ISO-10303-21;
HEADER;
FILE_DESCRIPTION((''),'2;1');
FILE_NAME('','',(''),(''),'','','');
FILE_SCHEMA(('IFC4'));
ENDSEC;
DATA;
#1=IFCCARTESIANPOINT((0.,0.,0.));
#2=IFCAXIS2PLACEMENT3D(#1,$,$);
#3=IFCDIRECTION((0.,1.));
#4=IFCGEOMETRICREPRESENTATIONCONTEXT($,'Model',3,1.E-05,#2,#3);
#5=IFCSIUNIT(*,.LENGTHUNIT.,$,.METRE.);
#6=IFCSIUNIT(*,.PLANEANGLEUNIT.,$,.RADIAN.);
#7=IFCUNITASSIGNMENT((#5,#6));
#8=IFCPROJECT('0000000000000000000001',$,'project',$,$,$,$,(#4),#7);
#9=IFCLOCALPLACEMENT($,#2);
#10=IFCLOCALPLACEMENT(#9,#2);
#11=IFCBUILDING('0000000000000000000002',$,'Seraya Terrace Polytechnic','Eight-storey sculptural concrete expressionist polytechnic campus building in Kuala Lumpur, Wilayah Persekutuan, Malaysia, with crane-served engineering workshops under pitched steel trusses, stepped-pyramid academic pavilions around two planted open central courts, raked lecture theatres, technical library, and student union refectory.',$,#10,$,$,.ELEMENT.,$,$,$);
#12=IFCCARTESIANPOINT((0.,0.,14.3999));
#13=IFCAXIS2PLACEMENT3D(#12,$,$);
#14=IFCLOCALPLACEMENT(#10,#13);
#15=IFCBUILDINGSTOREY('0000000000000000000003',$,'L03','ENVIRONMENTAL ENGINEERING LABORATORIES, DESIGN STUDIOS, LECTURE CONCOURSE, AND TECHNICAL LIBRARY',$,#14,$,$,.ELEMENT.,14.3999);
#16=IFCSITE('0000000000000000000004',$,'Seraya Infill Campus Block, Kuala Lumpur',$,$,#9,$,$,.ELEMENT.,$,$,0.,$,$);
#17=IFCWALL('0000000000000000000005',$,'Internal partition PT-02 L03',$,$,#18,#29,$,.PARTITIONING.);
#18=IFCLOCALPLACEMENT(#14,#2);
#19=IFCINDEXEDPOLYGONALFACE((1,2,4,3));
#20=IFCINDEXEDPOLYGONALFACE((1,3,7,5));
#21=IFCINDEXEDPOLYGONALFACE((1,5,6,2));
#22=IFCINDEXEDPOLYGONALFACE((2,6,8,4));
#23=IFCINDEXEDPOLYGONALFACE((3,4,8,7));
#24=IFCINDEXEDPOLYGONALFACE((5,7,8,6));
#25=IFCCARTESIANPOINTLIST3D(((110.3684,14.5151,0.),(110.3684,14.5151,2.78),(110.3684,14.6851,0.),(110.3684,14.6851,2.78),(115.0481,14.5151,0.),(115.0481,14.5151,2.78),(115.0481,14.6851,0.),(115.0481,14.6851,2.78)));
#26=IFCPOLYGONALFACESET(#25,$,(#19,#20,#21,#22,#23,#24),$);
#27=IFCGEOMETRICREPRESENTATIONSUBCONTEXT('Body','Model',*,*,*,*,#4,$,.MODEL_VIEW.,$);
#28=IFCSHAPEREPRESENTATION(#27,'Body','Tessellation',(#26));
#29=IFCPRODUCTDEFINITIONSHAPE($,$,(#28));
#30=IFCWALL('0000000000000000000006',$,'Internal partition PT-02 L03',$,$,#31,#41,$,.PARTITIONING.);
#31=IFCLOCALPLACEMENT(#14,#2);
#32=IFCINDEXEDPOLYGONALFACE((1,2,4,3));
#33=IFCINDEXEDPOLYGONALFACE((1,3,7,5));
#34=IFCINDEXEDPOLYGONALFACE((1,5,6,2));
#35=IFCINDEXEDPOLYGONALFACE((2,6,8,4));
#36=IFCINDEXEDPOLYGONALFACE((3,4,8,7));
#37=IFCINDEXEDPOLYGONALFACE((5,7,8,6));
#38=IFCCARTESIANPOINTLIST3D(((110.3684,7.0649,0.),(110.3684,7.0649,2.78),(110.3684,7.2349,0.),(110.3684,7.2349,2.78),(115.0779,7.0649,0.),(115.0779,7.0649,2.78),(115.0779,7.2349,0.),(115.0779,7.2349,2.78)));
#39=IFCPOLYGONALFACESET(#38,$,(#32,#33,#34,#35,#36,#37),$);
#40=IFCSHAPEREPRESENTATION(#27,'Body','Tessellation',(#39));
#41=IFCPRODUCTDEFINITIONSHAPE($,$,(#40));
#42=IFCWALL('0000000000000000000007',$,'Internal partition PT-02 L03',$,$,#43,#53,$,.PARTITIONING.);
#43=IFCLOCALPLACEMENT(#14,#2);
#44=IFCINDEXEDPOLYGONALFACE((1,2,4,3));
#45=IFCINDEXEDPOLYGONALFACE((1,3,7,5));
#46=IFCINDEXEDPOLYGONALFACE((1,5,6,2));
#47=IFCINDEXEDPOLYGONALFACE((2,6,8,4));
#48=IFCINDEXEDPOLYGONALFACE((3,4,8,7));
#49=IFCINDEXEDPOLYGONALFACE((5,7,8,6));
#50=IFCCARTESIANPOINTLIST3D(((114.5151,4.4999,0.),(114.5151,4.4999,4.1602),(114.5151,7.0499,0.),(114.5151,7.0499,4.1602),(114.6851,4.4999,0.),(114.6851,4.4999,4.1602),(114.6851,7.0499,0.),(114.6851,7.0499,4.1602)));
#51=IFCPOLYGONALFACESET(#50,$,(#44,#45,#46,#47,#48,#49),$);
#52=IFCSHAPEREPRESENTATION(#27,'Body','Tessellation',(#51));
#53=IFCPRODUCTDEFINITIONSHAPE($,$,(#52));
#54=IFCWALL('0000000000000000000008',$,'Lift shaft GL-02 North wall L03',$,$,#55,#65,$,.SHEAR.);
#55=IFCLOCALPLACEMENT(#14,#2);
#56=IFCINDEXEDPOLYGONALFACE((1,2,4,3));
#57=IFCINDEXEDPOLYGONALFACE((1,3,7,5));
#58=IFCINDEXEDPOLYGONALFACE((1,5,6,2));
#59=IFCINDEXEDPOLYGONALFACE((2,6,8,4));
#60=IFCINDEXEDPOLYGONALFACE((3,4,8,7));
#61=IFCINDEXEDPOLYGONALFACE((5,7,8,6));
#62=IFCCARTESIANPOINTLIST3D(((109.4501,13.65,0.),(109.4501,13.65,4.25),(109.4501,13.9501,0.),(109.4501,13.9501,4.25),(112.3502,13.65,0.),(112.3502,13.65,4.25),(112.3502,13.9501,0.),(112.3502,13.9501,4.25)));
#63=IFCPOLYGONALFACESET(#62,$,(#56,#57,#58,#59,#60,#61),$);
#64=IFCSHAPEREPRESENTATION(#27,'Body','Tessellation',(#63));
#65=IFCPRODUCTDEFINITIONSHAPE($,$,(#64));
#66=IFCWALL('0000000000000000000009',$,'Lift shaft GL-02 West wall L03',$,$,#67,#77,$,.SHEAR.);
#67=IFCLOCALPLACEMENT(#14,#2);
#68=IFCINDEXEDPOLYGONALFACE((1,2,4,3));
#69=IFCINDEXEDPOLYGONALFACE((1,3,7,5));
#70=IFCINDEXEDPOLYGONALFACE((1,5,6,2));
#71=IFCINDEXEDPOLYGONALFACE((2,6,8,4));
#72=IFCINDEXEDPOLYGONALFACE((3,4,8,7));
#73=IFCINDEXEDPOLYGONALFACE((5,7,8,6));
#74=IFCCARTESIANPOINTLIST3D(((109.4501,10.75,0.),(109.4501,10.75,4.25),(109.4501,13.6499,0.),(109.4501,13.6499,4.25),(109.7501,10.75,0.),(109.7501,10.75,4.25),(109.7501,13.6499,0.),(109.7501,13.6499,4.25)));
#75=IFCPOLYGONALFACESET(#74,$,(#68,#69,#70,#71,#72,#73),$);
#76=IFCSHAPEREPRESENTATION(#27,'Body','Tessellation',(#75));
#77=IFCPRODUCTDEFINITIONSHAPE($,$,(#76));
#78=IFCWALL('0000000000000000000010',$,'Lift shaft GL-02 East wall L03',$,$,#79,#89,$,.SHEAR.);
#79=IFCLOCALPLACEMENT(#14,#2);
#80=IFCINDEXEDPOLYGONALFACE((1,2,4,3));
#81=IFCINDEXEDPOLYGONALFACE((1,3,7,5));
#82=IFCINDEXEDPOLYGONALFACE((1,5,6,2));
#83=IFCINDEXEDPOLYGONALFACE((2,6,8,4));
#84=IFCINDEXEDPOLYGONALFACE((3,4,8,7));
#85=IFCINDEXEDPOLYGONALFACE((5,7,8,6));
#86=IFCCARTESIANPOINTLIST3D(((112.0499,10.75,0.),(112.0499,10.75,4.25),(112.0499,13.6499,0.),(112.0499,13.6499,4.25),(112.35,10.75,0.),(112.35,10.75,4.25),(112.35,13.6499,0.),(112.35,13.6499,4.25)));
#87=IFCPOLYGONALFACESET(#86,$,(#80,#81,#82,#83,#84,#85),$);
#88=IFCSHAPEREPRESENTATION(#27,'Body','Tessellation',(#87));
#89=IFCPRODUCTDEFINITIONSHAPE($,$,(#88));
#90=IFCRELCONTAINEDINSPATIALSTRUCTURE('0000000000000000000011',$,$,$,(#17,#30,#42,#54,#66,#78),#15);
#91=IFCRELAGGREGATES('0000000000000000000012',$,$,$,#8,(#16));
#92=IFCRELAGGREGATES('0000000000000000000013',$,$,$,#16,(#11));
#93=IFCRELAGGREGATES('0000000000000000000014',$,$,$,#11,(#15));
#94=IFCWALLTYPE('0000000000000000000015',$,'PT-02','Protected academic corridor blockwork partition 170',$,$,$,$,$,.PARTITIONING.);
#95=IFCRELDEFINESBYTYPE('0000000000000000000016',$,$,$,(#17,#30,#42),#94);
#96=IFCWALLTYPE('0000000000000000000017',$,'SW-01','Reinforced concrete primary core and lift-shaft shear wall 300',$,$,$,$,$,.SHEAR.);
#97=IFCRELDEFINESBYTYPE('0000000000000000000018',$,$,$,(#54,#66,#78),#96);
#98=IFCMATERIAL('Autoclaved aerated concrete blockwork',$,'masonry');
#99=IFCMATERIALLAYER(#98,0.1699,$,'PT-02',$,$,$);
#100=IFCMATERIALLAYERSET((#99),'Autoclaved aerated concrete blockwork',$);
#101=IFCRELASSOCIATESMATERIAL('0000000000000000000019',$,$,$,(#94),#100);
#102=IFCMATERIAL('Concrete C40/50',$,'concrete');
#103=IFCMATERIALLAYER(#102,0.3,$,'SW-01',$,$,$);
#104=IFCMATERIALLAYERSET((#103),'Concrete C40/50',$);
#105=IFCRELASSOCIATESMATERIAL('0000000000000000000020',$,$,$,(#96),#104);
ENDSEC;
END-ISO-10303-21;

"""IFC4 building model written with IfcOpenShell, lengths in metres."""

from ifc_helpers import new_model, si_unit, direction, frame, frame_2d, origin, place, context, subcontext, project, spatial, rectangle, extrude, material, layer, layer_set, type_object, element, save


model = new_model("IFC4")

# Units and contexts
model_context = context("Model", 3, precision=1e-05, world=origin(), true_north=direction((0.0, 1.0)))
body_context = subcontext(model_context, "Body", "Model", "MODEL_VIEW")
ifc_project = project(units=[si_unit("LENGTHUNIT", "METRE"), si_unit("PLANEANGLEUNIT", "RADIAN")], contexts=[model_context])

# Site, building, storey
site_placement = place(None, origin())
site = spatial("IfcSite", under=ifc_project, at=site_placement, Name="Seraya Infill Campus Block, Kuala Lumpur", CompositionType="ELEMENT", RefElevation=0.0)
building_placement = place(site_placement, origin())
building = spatial("IfcBuilding", under=site, at=building_placement, Name="Seraya Terrace Polytechnic", Description="Eight-storey sculptural concrete expressionist polytechnic campus building in Kuala Lumpur, Wilayah Persekutuan, Malaysia, with crane-served engineering workshops under pitched steel trusses, stepped-pyramid academic pavilions around two planted open central courts, raked lecture theatres, technical library, and student union refectory.", CompositionType="ELEMENT")
storey_placement = place(building_placement, frame((0.0, 0.0, 14.3999)))
storey = spatial("IfcBuildingStorey", under=building, at=storey_placement, Name="L03", Description="ENVIRONMENTAL ENGINEERING LABORATORIES, DESIGN STUDIOS, LECTURE CONCOURSE, AND TECHNICAL LIBRARY", CompositionType="ELEMENT", Elevation=14.3999)

# Shared definitions
ifc_material_1 = material(Name="Concrete C40/50", Category="concrete")

# Walls
ifc_material_2 = material(Name="Autoclaved aerated concrete blockwork", Category="masonry")
ifc_layer_1 = layer(ifc_material_2, 0.1699, Name="PT-02")
ifc_layer_set_1 = layer_set([ifc_layer_1], Name="Autoclaved aerated concrete blockwork")
wall_type_1 = type_object("IfcWallType", Name="PT-02", Description="Protected academic corridor blockwork partition 170", PredefinedType="PARTITIONING", material=ifc_layer_set_1)
wall_1_placement = place(storey_placement, frame((110.3684, 14.6001, 0.0), z_axis=(0.0, 0.0, 1.0), x_axis=(1.0, 0.0, 0.0)))
element("IfcWall", 1, at=wall_1_placement, inside=storey, type_object=wall_type_1, Name="Internal partition PT-02 L03", PredefinedType="PARTITIONING", context=body_context, shape_type="SweptSolid", body=[
    extrude(rectangle(XDim=4.6797, YDim=0.1699, at=frame_2d((2.3398, 0.0))), origin(), (0.0, 0.0, 1.0), 2.78),
])
wall_2_placement = place(storey_placement, frame((110.3684, 7.1499, 0.0), z_axis=(0.0, 0.0, 1.0), x_axis=(1.0, 0.0, 0.0)))
element("IfcWall", 2, at=wall_2_placement, inside=storey, type_object=wall_type_1, Name="Internal partition PT-02 L03", PredefinedType="PARTITIONING", context=body_context, shape_type="SweptSolid", body=[
    extrude(rectangle(XDim=4.7095, YDim=0.1699, at=frame_2d((2.3547, 0.0))), origin(), (0.0, 0.0, 1.0), 2.78),
])
wall_3_placement = place(storey_placement, frame((114.6001, 4.5, 0.0), z_axis=(0.0, 0.0, 1.0), x_axis=(0.0, 1.0, 0.0)))
element("IfcWall", 3, at=wall_3_placement, inside=storey, type_object=wall_type_1, Name="Internal partition PT-02 L03", PredefinedType="PARTITIONING", context=body_context, shape_type="SweptSolid", body=[
    extrude(rectangle(XDim=2.55, YDim=0.1699, at=frame_2d((1.2749, 0.0))), origin(), (0.0, 0.0, 1.0), 4.1602),
])
ifc_layer_2 = layer(ifc_material_1, 0.3, Name="SW-01")
ifc_layer_set_2 = layer_set([ifc_layer_2], Name="Concrete C40/50")
wall_type_2 = type_object("IfcWallType", Name="SW-01", Description="Reinforced concrete primary core and lift-shaft shear wall 300", PredefinedType="SHEAR", material=ifc_layer_set_2)
wall_4_placement = place(storey_placement, frame((109.45, 13.8, 0.0), z_axis=(0.0, 0.0, 1.0), x_axis=(1.0, 0.0, 0.0)))
element("IfcWall", 4, at=wall_4_placement, inside=storey, type_object=wall_type_2, Name="Lift shaft GL-02 North wall L03", PredefinedType="SHEAR", context=body_context, shape_type="SweptSolid", body=[
    extrude(rectangle(XDim=2.9001, YDim=0.3, at=frame_2d((1.4502, 0.0))), origin(), (0.0, 0.0, 1.0), 4.25),
])
for number, where, z_axis, x_axis, name in (
    (5, (109.6001, 10.75, 0.0), (0.0, 0.0, 1.0), (0.0, 1.0, 0.0), "Lift shaft GL-02 West wall L03"),
    (6, (112.2, 10.75, 0.0), (0.0, 0.0, 1.0), (0.0, 1.0, 0.0), "Lift shaft GL-02 East wall L03"),
):
    element("IfcWall", number, at=place(storey_placement, frame(where, z_axis=z_axis, x_axis=x_axis)), inside=storey, type_object=wall_type_2, Name=name, PredefinedType="SHEAR", context=body_context, shape_type="SweptSolid", body=[
        extrude(rectangle(XDim=2.8999, YDim=0.3, at=frame_2d((1.45, 0.0))), origin(), (0.0, 0.0, 1.0), 4.25),
    ])

save(model, "model.ifc")
